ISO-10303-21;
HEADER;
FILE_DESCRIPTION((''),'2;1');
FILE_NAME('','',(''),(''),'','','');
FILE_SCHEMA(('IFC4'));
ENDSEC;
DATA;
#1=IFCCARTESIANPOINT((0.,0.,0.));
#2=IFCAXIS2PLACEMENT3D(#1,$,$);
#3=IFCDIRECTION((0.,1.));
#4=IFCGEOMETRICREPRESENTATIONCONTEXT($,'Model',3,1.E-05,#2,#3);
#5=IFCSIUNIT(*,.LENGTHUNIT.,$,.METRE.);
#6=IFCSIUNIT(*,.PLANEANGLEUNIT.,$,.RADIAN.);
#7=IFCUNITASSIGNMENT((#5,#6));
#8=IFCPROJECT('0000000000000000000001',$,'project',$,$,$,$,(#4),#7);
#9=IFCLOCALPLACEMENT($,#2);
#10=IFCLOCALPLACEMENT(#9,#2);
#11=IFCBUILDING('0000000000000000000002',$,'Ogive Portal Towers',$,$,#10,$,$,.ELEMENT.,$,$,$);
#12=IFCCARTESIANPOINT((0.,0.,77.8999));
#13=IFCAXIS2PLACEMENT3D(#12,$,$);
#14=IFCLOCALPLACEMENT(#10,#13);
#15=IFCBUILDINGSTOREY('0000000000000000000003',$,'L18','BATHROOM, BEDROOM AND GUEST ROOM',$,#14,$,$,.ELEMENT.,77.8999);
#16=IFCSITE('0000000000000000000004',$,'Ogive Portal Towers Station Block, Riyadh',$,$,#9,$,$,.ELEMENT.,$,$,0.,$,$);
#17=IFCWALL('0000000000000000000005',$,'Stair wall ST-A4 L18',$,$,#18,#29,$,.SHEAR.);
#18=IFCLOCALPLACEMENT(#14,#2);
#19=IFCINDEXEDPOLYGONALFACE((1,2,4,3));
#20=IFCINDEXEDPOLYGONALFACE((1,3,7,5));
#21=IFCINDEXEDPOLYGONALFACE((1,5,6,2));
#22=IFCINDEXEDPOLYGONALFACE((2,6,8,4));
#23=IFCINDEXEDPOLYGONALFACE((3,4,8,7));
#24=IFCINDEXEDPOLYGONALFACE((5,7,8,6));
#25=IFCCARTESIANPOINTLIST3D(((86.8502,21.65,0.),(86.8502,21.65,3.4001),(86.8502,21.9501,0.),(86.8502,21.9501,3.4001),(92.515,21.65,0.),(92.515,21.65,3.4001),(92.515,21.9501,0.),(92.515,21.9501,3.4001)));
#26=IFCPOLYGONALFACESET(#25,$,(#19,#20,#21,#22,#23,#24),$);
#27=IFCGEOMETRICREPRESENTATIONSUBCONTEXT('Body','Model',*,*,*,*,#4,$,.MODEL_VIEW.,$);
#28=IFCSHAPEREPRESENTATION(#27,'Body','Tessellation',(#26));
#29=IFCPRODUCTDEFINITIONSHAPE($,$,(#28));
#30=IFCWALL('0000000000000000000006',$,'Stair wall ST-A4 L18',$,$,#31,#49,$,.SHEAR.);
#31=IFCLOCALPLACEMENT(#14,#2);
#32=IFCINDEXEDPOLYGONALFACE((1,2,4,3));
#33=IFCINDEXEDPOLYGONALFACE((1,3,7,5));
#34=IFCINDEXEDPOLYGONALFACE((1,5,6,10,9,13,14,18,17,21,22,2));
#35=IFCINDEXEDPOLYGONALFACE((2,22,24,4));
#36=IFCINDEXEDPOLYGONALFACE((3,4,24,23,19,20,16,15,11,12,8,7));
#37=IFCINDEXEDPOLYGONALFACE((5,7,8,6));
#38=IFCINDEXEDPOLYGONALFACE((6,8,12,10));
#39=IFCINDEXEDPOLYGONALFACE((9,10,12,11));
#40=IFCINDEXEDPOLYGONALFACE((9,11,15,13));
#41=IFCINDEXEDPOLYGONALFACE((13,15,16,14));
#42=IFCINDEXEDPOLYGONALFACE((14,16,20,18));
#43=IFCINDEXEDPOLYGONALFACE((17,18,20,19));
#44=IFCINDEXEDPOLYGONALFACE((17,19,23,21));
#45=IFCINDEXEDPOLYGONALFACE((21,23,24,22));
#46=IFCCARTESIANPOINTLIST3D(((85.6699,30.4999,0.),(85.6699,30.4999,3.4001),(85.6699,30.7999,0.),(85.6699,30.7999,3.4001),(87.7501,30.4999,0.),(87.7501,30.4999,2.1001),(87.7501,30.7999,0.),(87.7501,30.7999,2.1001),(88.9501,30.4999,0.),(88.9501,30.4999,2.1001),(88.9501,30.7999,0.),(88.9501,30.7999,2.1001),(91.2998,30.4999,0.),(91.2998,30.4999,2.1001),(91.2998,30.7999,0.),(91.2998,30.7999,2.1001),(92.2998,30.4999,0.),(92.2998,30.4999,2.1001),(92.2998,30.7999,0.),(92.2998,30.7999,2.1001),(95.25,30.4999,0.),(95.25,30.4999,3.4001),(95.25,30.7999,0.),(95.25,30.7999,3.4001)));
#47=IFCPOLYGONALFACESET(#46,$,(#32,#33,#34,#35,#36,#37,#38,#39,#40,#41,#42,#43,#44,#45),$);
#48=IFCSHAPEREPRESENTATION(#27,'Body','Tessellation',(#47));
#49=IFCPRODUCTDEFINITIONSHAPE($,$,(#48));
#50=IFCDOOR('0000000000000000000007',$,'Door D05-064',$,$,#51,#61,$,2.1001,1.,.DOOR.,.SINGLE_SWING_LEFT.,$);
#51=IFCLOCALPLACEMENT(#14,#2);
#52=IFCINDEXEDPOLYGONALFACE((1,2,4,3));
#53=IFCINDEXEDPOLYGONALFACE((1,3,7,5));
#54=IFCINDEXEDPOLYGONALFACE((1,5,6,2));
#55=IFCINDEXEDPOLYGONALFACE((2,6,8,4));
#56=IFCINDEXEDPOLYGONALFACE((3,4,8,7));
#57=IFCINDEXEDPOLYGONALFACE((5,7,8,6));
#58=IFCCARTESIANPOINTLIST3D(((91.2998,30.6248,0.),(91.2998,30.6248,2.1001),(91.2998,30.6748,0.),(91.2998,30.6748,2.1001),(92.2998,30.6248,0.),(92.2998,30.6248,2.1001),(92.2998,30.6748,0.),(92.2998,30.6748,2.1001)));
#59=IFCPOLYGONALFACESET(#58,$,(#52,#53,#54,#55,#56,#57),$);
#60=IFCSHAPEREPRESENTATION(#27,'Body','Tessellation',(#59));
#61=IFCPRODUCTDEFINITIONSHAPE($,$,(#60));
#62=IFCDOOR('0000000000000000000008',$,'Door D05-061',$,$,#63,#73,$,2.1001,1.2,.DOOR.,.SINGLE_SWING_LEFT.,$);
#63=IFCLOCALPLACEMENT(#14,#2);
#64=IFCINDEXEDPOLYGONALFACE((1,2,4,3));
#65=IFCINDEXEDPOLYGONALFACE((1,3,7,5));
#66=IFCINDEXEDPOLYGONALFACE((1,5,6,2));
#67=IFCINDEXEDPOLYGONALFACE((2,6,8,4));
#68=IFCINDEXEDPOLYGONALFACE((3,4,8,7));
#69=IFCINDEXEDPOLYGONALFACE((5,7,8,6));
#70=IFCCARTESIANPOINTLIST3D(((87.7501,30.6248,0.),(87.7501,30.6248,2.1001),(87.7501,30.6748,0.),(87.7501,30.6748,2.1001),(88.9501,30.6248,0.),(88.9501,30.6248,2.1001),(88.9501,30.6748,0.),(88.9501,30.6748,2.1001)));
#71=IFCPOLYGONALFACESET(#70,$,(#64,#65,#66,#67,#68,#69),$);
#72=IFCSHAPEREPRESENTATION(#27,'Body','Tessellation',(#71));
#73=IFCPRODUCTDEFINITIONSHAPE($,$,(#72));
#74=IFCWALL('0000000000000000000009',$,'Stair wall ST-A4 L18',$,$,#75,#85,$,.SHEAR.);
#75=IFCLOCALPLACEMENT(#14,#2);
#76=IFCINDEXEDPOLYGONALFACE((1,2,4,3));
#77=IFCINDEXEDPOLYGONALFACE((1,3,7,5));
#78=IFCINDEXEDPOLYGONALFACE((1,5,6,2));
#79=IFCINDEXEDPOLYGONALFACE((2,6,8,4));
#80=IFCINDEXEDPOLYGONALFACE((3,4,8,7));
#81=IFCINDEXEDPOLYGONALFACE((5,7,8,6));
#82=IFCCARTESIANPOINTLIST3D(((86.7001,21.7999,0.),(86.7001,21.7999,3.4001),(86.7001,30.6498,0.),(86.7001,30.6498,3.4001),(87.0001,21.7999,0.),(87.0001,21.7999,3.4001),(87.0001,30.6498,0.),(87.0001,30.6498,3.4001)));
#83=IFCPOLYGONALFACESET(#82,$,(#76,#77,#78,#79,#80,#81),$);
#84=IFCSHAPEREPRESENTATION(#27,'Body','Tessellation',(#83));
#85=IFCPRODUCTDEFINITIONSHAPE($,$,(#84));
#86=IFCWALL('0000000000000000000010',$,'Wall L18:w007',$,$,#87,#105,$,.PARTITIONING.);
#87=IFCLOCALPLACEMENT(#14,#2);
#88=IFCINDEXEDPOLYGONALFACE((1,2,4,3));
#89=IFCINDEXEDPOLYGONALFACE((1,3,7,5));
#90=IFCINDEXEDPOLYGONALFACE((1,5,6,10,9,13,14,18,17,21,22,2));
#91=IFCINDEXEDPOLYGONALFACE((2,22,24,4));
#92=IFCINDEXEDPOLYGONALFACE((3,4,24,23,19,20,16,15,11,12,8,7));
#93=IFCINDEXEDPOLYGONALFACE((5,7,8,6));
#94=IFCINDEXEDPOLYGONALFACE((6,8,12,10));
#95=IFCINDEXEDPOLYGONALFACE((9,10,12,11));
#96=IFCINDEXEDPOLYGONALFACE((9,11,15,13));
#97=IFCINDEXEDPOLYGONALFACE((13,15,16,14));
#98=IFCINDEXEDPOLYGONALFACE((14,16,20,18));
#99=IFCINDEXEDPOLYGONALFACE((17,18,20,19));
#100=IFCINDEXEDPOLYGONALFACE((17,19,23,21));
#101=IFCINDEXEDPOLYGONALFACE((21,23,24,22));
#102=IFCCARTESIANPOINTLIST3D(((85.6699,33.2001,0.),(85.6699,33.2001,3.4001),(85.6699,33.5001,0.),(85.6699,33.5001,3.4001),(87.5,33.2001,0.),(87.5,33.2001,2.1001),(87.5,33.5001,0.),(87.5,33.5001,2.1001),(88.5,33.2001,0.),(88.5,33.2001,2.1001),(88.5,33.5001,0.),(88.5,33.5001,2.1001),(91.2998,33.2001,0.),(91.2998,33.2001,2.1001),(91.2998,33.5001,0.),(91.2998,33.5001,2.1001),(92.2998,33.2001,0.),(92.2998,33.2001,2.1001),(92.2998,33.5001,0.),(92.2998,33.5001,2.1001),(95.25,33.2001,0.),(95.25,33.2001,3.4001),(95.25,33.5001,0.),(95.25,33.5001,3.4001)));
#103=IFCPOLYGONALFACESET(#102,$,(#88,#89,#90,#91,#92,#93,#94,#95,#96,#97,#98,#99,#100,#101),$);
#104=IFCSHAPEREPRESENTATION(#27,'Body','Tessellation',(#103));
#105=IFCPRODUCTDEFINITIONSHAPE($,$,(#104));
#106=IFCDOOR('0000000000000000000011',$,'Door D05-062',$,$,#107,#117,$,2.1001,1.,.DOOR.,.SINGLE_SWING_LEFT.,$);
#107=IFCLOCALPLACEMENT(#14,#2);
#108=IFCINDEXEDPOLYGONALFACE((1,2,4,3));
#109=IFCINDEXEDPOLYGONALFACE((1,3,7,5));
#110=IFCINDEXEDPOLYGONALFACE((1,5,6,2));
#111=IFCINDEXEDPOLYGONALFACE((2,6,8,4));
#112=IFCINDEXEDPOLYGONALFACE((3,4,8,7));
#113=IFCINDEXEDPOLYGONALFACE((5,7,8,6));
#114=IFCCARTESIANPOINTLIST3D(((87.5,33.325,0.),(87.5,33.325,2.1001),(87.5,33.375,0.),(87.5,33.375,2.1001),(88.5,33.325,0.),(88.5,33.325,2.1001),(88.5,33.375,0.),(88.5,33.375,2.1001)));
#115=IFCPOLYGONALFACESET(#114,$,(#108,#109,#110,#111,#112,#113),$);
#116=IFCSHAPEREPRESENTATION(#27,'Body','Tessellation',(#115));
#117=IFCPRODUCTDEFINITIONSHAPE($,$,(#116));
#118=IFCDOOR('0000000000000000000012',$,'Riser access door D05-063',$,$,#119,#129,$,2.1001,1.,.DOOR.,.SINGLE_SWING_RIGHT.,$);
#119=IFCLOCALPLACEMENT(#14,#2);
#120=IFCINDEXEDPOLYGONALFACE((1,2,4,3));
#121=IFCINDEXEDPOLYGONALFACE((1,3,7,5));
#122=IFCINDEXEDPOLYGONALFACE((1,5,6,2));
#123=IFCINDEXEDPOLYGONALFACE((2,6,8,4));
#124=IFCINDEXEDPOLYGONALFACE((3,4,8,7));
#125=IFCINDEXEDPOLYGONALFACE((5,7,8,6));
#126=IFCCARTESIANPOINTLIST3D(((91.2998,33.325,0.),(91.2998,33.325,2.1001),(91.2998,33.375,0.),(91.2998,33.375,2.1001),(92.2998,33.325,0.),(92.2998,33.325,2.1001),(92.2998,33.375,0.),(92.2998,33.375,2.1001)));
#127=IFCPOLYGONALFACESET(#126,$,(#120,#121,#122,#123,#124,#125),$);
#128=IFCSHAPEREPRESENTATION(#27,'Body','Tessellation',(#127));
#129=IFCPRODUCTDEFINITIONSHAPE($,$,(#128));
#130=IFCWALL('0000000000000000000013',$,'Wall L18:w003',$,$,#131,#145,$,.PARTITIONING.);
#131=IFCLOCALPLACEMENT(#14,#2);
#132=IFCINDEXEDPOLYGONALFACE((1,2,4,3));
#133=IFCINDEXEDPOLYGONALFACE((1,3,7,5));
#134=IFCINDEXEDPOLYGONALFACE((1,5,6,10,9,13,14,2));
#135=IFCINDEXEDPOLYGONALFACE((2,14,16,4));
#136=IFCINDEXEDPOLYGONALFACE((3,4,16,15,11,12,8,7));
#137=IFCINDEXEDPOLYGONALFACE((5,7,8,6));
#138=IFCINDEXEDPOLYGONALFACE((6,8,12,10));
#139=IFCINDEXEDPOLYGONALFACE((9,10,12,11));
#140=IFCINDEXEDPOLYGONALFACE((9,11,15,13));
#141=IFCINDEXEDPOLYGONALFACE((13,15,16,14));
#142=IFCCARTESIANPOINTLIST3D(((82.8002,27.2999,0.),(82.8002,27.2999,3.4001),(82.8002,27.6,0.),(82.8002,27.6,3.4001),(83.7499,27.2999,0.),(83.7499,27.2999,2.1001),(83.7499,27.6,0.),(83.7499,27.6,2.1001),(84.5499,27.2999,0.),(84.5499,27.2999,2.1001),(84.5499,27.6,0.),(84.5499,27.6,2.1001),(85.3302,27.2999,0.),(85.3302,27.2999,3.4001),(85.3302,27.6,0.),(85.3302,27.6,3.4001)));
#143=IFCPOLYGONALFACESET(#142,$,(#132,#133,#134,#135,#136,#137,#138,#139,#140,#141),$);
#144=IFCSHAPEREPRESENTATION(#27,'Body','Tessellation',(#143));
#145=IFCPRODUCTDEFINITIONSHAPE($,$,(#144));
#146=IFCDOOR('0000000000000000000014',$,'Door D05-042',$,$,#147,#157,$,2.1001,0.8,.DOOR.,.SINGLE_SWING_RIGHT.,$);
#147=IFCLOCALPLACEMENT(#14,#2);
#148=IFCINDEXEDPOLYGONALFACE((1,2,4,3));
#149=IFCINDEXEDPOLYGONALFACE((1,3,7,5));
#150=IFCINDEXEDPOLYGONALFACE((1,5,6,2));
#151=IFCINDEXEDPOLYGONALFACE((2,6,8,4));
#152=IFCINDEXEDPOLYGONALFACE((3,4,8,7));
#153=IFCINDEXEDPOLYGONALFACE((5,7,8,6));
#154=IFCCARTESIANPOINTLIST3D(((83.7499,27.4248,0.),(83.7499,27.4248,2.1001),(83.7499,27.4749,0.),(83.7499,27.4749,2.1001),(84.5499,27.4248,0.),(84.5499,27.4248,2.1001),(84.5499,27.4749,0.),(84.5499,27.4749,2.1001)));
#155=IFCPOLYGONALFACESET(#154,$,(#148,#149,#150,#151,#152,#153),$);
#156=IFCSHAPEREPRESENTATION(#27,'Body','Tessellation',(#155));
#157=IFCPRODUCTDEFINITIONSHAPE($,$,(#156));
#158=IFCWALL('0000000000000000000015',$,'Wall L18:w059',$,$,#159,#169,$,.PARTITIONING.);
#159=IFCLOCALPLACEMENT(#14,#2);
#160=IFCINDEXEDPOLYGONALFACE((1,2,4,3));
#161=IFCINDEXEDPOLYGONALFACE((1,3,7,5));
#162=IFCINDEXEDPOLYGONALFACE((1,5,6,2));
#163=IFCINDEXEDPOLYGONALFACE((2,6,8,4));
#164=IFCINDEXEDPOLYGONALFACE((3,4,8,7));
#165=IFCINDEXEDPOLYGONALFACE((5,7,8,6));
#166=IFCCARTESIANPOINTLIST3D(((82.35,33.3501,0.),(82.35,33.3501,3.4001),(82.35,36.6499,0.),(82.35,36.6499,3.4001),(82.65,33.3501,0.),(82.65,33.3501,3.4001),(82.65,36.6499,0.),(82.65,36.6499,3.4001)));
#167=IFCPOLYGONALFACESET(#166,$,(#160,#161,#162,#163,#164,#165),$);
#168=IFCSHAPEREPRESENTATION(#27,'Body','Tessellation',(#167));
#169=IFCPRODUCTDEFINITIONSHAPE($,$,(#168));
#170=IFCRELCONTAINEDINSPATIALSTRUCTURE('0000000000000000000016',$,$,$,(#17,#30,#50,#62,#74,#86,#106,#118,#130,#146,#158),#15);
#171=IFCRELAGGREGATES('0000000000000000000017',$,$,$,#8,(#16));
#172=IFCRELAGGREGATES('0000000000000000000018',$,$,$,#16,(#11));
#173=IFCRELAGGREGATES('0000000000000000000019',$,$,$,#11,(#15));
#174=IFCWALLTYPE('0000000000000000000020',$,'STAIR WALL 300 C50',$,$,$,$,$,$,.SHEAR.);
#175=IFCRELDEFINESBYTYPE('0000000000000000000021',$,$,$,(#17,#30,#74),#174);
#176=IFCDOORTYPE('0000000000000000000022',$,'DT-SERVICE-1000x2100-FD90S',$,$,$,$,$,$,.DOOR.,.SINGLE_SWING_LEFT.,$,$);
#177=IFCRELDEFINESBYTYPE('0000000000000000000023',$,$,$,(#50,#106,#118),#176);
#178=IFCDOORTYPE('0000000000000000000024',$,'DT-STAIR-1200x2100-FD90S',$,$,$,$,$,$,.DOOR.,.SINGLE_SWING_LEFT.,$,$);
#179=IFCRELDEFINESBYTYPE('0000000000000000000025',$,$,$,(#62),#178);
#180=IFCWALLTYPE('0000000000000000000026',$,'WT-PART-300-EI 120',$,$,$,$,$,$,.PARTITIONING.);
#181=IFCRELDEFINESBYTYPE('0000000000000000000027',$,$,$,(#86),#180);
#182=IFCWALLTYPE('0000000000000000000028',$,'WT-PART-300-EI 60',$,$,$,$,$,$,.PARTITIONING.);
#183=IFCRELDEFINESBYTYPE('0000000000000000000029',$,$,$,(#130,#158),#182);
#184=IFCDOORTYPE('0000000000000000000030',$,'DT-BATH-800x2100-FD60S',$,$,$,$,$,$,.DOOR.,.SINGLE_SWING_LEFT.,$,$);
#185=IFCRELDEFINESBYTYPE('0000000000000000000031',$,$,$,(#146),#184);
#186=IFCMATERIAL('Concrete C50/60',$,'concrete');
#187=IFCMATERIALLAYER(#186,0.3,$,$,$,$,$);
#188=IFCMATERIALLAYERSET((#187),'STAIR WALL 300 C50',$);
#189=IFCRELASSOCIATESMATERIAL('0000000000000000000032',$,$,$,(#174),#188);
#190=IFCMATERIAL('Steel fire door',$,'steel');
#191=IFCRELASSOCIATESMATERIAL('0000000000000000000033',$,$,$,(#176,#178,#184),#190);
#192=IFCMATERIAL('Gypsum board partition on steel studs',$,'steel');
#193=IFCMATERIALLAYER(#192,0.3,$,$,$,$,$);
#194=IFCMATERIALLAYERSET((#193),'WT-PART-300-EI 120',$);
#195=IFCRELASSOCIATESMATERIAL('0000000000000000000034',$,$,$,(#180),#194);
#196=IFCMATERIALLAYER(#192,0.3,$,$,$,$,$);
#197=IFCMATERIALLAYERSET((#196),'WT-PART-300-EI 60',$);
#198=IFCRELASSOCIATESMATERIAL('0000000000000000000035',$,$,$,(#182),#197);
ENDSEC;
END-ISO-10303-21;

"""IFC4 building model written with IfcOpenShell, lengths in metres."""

from ifc_helpers import new_model, si_unit, direction, frame, frame_2d, origin, place, context, subcontext, project, spatial, rectangle, extrude, material, layer, layer_set, type_object, element, fill, save


model = new_model("IFC4")

# Units and contexts
model_context = context("Model", 3, precision=1e-05, world=origin(), true_north=direction((0.0, 1.0)))
body_context = subcontext(model_context, "Body", "Model", "MODEL_VIEW")
ifc_project = project(units=[si_unit("LENGTHUNIT", "METRE"), si_unit("PLANEANGLEUNIT", "RADIAN")], contexts=[model_context])

# Site, building, storey
site_placement = place(None, origin())
site = spatial("IfcSite", under=ifc_project, at=site_placement, Name="Ogive Portal Towers Station Block, Riyadh", CompositionType="ELEMENT", RefElevation=0.0)
building_placement = place(site_placement, origin())
building = spatial("IfcBuilding", under=site, at=building_placement, Name="Ogive Portal Towers", CompositionType="ELEMENT")
storey_placement = place(building_placement, frame((0.0, 0.0, 77.8999)))
storey = spatial("IfcBuildingStorey", under=building, at=storey_placement, Name="L18", Description="BATHROOM, BEDROOM AND GUEST ROOM", CompositionType="ELEMENT", Elevation=77.8999)

# Shared definitions
ifc_material_1 = material(Name="Steel fire door", Category="steel")

# Wall
ifc_material_2 = material(Name="Concrete C50/60", Category="concrete")
ifc_layer_1 = layer(ifc_material_2, 0.3)
ifc_layer_set_1 = layer_set([ifc_layer_1], Name="STAIR WALL 300 C50")
wall_type_1 = type_object("IfcWallType", Name="STAIR WALL 300 C50", PredefinedType="SHEAR", material=ifc_layer_set_1)
wall_1_placement = place(storey_placement, frame((86.8501, 21.8, 0.0), z_axis=(0.0, 0.0, 1.0), x_axis=(1.0, 0.0, 0.0)))
element("IfcWall", 1, at=wall_1_placement, inside=storey, type_object=wall_type_1, Name="Stair wall ST-A4 L18", PredefinedType="SHEAR", context=body_context, shape_type="SweptSolid", body=[
    extrude(rectangle(XDim=5.6648, YDim=0.3, at=frame_2d((2.8325, 0.0))), origin(), (0.0, 0.0, 1.0), 3.4001),
])

# Wall, openings, doors
wall_2_placement = place(storey_placement, frame((85.6699, 30.6499, 0.0), z_axis=(0.0, 0.0, 1.0), x_axis=(1.0, 0.0, 0.0)))
wall_2 = element("IfcWall", 2, at=wall_2_placement, inside=storey, type_object=wall_type_1, Name="Stair wall ST-A4 L18", PredefinedType="SHEAR", context=body_context, shape_type="SweptSolid", body=[
    extrude(rectangle(XDim=9.5801, YDim=0.3, at=frame_2d((4.79, 0.0))), origin(), (0.0, 0.0, 1.0), 3.4001),
])
opening_1_placement = place(wall_2_placement, frame((2.0801, 0.0, 0.0)))
opening_1 = element("IfcOpeningElement", 3, at=opening_1_placement, cuts=wall_2, PredefinedType="OPENING", context=body_context, shape_type="SweptSolid", body=[
    extrude(rectangle(XDim=1.2, YDim=2.1001, at=frame_2d((0.6001, 1.05))), frame((0.0, 0.1602, 0.0), z_axis=(0.0, -1.0, 0.0), x_axis=(1.0, 0.0, 0.0)), (0.0, 0.0, 1.0), 0.3201),
])
opening_2_placement = place(wall_2_placement, frame((5.6299, 0.0, 0.0)))
opening_2 = element("IfcOpeningElement", 4, at=opening_2_placement, cuts=wall_2, PredefinedType="OPENING", context=body_context, shape_type="SweptSolid", body=[
    extrude(rectangle(XDim=1.0, YDim=2.1001, at=frame_2d((0.5, 1.05))), frame((0.0, 0.1602, 0.0), z_axis=(0.0, -1.0, 0.0), x_axis=(1.0, 0.0, 0.0)), (0.0, 0.0, 1.0), 0.3201),
])
door_type_1 = type_object("IfcDoorType", Name="DT-SERVICE-1000x2100-FD90S", OperationType="SINGLE_SWING_LEFT", PredefinedType="DOOR", material=ifc_material_1)
door_1_placement = place(opening_2_placement, origin())
door_1 = element("IfcDoor", 5, at=door_1_placement, inside=storey, type_object=door_type_1, Name="Door D05-064", OperationType="SINGLE_SWING_LEFT", OverallHeight=2.1001, OverallWidth=1.0, PredefinedType="DOOR", context=body_context, shape_type="SweptSolid", body=[
    extrude(rectangle(XDim=1.0, YDim=2.1001, at=frame_2d((0.5, 1.05))), frame((0.0, 0.0249, 0.0), z_axis=(0.0, -1.0, 0.0), x_axis=(1.0, 0.0, 0.0)), (0.0, 0.0, 1.0), 0.05),
])
fill(opening_2, door_1)
door_type_2 = type_object("IfcDoorType", Name="DT-STAIR-1200x2100-FD90S", OperationType="SINGLE_SWING_LEFT", PredefinedType="DOOR", material=ifc_material_1)
door_2_placement = place(opening_1_placement, origin())
door_2 = element("IfcDoor", 6, at=door_2_placement, inside=storey, type_object=door_type_2, Name="Door D05-061", OperationType="SINGLE_SWING_LEFT", OverallHeight=2.1001, OverallWidth=1.2, PredefinedType="DOOR", context=body_context, shape_type="SweptSolid", body=[
    extrude(rectangle(XDim=1.2, YDim=2.1001, at=frame_2d((0.6001, 1.05))), frame((0.0, 0.0249, 0.0), z_axis=(0.0, -1.0, 0.0), x_axis=(1.0, 0.0, 0.0)), (0.0, 0.0, 1.0), 0.05),
])
fill(opening_1, door_2)

# Wall
wall_3_placement = place(storey_placement, frame((86.8501, 21.8, 0.0), z_axis=(0.0, 0.0, 1.0), x_axis=(0.0, 1.0, 0.0)))
element("IfcWall", 7, at=wall_3_placement, inside=storey, type_object=wall_type_1, Name="Stair wall ST-A4 L18", PredefinedType="SHEAR", context=body_context, shape_type="SweptSolid", body=[
    extrude(rectangle(XDim=8.8499, YDim=0.3, at=frame_2d((4.4248, 0.0))), origin(), (0.0, 0.0, 1.0), 3.4001),
])

# Wall, openings, doors
ifc_material_3 = material(Name="Gypsum board partition on steel studs", Category="steel")
ifc_layer_2 = layer(ifc_material_3, 0.3)
ifc_layer_set_2 = layer_set([ifc_layer_2], Name="WT-PART-300-EI 120")
wall_type_2 = type_object("IfcWallType", Name="WT-PART-300-EI 120", PredefinedType="PARTITIONING", material=ifc_layer_set_2)
wall_4_placement = place(storey_placement, frame((85.6699, 33.3501, 0.0), z_axis=(0.0, 0.0, 1.0), x_axis=(1.0, 0.0, 0.0)))
wall_4 = element("IfcWall", 8, at=wall_4_placement, inside=storey, type_object=wall_type_2, Name="Wall L18:w007", PredefinedType="PARTITIONING", context=body_context, shape_type="SweptSolid", body=[
    extrude(rectangle(XDim=9.5801, YDim=0.3, at=frame_2d((4.79, 0.0))), origin(), (0.0, 0.0, 1.0), 3.4001),
])
opening_3_placement = place(wall_4_placement, frame((1.8301, 0.0, 0.0)))
opening_3 = element("IfcOpeningElement", 9, at=opening_3_placement, cuts=wall_4, PredefinedType="OPENING", context=body_context, shape_type="SweptSolid", body=[
    extrude(rectangle(XDim=1.0, YDim=2.1001, at=frame_2d((0.5, 1.05))), frame((0.0, 0.1602, 0.0), z_axis=(0.0, -1.0, 0.0), x_axis=(1.0, 0.0, 0.0)), (0.0, 0.0, 1.0), 0.3201),
])
opening_4_placement = place(wall_4_placement, frame((5.6299, 0.0, 0.0)))
opening_4 = element("IfcOpeningElement", 10, at=opening_4_placement, cuts=wall_4, PredefinedType="OPENING", context=body_context, shape_type="SweptSolid", body=[
    extrude(rectangle(XDim=1.0, YDim=2.1001, at=frame_2d((0.5, 1.05))), frame((0.0, 0.1602, 0.0), z_axis=(0.0, -1.0, 0.0), x_axis=(1.0, 0.0, 0.0)), (0.0, 0.0, 1.0), 0.3201),
])
door_3_placement = place(opening_3_placement, origin())
door_3 = element("IfcDoor", 11, at=door_3_placement, inside=storey, type_object=door_type_1, Name="Door D05-062", OperationType="SINGLE_SWING_LEFT", OverallHeight=2.1001, OverallWidth=1.0, PredefinedType="DOOR", context=body_context, shape_type="SweptSolid", body=[
    extrude(rectangle(XDim=1.0, YDim=2.1001, at=frame_2d((0.5, 1.05))), frame((0.0, 0.0249, 0.0), z_axis=(0.0, -1.0, 0.0), x_axis=(1.0, 0.0, 0.0)), (0.0, 0.0, 1.0), 0.05),
])
fill(opening_3, door_3)
door_4_placement = place(opening_4_placement, origin())
door_4 = element("IfcDoor", 12, at=door_4_placement, inside=storey, type_object=door_type_1, Name="Riser access door D05-063", OperationType="SINGLE_SWING_RIGHT", OverallHeight=2.1001, OverallWidth=1.0, PredefinedType="DOOR", context=body_context, shape_type="SweptSolid", body=[
    extrude(rectangle(XDim=1.0, YDim=2.1001, at=frame_2d((0.5, 1.05))), frame((0.0, 0.0249, 0.0), z_axis=(0.0, -1.0, 0.0), x_axis=(1.0, 0.0, 0.0)), (0.0, 0.0, 1.0), 0.05),
])
fill(opening_4, door_4)

# Wall, opening, door
ifc_layer_3 = layer(ifc_material_3, 0.3)
ifc_layer_set_3 = layer_set([ifc_layer_3], Name="WT-PART-300-EI 60")
wall_type_3 = type_object("IfcWallType", Name="WT-PART-300-EI 60", PredefinedType="PARTITIONING", material=ifc_layer_set_3)
wall_5_placement = place(storey_placement, frame((82.8, 27.45, 0.0), z_axis=(0.0, 0.0, 1.0), x_axis=(1.0, 0.0, 0.0)))
wall_5 = element("IfcWall", 13, at=wall_5_placement, inside=storey, type_object=wall_type_3, Name="Wall L18:w003", PredefinedType="PARTITIONING", context=body_context, shape_type="SweptSolid", body=[
    extrude(rectangle(XDim=2.53, YDim=0.3, at=frame_2d((1.2651, 0.0))), origin(), (0.0, 0.0, 1.0), 3.4001),
])
opening_5_placement = place(wall_5_placement, frame((0.95, 0.0, 0.0)))
opening_5 = element("IfcOpeningElement", 14, at=opening_5_placement, cuts=wall_5, PredefinedType="OPENING", context=body_context, shape_type="SweptSolid", body=[
    extrude(rectangle(XDim=0.8, YDim=2.1001, at=frame_2d((0.3999, 1.05))), frame((0.0, 0.1602, 0.0), z_axis=(0.0, -1.0, 0.0), x_axis=(1.0, 0.0, 0.0)), (0.0, 0.0, 1.0), 0.3201),
])
door_type_3 = type_object("IfcDoorType", Name="DT-BATH-800x2100-FD60S", OperationType="SINGLE_SWING_LEFT", PredefinedType="DOOR", material=ifc_material_1)
door_5_placement = place(opening_5_placement, origin())
door_5 = element("IfcDoor", 15, at=door_5_placement, inside=storey, type_object=door_type_3, Name="Door D05-042", OperationType="SINGLE_SWING_RIGHT", OverallHeight=2.1001, OverallWidth=0.8, PredefinedType="DOOR", context=body_context, shape_type="SweptSolid", body=[
    extrude(rectangle(XDim=0.8, YDim=2.1001, at=frame_2d((0.3999, 1.05))), frame((0.0, 0.0249, 0.0), z_axis=(0.0, -1.0, 0.0), x_axis=(1.0, 0.0, 0.0)), (0.0, 0.0, 1.0), 0.05),
])
fill(opening_5, door_5)

# Wall
wall_6_placement = place(storey_placement, frame((82.5, 33.3501, 0.0), z_axis=(0.0, 0.0, 1.0), x_axis=(0.0, 1.0, 0.0)))
element("IfcWall", 16, at=wall_6_placement, inside=storey, type_object=wall_type_3, Name="Wall L18:w059", PredefinedType="PARTITIONING", context=body_context, shape_type="SweptSolid", body=[
    extrude(rectangle(XDim=3.2998, YDim=0.3, at=frame_2d((1.6499, 0.0))), origin(), (0.0, 0.0, 1.0), 3.4001),
])

save(model, "model.ifc")
